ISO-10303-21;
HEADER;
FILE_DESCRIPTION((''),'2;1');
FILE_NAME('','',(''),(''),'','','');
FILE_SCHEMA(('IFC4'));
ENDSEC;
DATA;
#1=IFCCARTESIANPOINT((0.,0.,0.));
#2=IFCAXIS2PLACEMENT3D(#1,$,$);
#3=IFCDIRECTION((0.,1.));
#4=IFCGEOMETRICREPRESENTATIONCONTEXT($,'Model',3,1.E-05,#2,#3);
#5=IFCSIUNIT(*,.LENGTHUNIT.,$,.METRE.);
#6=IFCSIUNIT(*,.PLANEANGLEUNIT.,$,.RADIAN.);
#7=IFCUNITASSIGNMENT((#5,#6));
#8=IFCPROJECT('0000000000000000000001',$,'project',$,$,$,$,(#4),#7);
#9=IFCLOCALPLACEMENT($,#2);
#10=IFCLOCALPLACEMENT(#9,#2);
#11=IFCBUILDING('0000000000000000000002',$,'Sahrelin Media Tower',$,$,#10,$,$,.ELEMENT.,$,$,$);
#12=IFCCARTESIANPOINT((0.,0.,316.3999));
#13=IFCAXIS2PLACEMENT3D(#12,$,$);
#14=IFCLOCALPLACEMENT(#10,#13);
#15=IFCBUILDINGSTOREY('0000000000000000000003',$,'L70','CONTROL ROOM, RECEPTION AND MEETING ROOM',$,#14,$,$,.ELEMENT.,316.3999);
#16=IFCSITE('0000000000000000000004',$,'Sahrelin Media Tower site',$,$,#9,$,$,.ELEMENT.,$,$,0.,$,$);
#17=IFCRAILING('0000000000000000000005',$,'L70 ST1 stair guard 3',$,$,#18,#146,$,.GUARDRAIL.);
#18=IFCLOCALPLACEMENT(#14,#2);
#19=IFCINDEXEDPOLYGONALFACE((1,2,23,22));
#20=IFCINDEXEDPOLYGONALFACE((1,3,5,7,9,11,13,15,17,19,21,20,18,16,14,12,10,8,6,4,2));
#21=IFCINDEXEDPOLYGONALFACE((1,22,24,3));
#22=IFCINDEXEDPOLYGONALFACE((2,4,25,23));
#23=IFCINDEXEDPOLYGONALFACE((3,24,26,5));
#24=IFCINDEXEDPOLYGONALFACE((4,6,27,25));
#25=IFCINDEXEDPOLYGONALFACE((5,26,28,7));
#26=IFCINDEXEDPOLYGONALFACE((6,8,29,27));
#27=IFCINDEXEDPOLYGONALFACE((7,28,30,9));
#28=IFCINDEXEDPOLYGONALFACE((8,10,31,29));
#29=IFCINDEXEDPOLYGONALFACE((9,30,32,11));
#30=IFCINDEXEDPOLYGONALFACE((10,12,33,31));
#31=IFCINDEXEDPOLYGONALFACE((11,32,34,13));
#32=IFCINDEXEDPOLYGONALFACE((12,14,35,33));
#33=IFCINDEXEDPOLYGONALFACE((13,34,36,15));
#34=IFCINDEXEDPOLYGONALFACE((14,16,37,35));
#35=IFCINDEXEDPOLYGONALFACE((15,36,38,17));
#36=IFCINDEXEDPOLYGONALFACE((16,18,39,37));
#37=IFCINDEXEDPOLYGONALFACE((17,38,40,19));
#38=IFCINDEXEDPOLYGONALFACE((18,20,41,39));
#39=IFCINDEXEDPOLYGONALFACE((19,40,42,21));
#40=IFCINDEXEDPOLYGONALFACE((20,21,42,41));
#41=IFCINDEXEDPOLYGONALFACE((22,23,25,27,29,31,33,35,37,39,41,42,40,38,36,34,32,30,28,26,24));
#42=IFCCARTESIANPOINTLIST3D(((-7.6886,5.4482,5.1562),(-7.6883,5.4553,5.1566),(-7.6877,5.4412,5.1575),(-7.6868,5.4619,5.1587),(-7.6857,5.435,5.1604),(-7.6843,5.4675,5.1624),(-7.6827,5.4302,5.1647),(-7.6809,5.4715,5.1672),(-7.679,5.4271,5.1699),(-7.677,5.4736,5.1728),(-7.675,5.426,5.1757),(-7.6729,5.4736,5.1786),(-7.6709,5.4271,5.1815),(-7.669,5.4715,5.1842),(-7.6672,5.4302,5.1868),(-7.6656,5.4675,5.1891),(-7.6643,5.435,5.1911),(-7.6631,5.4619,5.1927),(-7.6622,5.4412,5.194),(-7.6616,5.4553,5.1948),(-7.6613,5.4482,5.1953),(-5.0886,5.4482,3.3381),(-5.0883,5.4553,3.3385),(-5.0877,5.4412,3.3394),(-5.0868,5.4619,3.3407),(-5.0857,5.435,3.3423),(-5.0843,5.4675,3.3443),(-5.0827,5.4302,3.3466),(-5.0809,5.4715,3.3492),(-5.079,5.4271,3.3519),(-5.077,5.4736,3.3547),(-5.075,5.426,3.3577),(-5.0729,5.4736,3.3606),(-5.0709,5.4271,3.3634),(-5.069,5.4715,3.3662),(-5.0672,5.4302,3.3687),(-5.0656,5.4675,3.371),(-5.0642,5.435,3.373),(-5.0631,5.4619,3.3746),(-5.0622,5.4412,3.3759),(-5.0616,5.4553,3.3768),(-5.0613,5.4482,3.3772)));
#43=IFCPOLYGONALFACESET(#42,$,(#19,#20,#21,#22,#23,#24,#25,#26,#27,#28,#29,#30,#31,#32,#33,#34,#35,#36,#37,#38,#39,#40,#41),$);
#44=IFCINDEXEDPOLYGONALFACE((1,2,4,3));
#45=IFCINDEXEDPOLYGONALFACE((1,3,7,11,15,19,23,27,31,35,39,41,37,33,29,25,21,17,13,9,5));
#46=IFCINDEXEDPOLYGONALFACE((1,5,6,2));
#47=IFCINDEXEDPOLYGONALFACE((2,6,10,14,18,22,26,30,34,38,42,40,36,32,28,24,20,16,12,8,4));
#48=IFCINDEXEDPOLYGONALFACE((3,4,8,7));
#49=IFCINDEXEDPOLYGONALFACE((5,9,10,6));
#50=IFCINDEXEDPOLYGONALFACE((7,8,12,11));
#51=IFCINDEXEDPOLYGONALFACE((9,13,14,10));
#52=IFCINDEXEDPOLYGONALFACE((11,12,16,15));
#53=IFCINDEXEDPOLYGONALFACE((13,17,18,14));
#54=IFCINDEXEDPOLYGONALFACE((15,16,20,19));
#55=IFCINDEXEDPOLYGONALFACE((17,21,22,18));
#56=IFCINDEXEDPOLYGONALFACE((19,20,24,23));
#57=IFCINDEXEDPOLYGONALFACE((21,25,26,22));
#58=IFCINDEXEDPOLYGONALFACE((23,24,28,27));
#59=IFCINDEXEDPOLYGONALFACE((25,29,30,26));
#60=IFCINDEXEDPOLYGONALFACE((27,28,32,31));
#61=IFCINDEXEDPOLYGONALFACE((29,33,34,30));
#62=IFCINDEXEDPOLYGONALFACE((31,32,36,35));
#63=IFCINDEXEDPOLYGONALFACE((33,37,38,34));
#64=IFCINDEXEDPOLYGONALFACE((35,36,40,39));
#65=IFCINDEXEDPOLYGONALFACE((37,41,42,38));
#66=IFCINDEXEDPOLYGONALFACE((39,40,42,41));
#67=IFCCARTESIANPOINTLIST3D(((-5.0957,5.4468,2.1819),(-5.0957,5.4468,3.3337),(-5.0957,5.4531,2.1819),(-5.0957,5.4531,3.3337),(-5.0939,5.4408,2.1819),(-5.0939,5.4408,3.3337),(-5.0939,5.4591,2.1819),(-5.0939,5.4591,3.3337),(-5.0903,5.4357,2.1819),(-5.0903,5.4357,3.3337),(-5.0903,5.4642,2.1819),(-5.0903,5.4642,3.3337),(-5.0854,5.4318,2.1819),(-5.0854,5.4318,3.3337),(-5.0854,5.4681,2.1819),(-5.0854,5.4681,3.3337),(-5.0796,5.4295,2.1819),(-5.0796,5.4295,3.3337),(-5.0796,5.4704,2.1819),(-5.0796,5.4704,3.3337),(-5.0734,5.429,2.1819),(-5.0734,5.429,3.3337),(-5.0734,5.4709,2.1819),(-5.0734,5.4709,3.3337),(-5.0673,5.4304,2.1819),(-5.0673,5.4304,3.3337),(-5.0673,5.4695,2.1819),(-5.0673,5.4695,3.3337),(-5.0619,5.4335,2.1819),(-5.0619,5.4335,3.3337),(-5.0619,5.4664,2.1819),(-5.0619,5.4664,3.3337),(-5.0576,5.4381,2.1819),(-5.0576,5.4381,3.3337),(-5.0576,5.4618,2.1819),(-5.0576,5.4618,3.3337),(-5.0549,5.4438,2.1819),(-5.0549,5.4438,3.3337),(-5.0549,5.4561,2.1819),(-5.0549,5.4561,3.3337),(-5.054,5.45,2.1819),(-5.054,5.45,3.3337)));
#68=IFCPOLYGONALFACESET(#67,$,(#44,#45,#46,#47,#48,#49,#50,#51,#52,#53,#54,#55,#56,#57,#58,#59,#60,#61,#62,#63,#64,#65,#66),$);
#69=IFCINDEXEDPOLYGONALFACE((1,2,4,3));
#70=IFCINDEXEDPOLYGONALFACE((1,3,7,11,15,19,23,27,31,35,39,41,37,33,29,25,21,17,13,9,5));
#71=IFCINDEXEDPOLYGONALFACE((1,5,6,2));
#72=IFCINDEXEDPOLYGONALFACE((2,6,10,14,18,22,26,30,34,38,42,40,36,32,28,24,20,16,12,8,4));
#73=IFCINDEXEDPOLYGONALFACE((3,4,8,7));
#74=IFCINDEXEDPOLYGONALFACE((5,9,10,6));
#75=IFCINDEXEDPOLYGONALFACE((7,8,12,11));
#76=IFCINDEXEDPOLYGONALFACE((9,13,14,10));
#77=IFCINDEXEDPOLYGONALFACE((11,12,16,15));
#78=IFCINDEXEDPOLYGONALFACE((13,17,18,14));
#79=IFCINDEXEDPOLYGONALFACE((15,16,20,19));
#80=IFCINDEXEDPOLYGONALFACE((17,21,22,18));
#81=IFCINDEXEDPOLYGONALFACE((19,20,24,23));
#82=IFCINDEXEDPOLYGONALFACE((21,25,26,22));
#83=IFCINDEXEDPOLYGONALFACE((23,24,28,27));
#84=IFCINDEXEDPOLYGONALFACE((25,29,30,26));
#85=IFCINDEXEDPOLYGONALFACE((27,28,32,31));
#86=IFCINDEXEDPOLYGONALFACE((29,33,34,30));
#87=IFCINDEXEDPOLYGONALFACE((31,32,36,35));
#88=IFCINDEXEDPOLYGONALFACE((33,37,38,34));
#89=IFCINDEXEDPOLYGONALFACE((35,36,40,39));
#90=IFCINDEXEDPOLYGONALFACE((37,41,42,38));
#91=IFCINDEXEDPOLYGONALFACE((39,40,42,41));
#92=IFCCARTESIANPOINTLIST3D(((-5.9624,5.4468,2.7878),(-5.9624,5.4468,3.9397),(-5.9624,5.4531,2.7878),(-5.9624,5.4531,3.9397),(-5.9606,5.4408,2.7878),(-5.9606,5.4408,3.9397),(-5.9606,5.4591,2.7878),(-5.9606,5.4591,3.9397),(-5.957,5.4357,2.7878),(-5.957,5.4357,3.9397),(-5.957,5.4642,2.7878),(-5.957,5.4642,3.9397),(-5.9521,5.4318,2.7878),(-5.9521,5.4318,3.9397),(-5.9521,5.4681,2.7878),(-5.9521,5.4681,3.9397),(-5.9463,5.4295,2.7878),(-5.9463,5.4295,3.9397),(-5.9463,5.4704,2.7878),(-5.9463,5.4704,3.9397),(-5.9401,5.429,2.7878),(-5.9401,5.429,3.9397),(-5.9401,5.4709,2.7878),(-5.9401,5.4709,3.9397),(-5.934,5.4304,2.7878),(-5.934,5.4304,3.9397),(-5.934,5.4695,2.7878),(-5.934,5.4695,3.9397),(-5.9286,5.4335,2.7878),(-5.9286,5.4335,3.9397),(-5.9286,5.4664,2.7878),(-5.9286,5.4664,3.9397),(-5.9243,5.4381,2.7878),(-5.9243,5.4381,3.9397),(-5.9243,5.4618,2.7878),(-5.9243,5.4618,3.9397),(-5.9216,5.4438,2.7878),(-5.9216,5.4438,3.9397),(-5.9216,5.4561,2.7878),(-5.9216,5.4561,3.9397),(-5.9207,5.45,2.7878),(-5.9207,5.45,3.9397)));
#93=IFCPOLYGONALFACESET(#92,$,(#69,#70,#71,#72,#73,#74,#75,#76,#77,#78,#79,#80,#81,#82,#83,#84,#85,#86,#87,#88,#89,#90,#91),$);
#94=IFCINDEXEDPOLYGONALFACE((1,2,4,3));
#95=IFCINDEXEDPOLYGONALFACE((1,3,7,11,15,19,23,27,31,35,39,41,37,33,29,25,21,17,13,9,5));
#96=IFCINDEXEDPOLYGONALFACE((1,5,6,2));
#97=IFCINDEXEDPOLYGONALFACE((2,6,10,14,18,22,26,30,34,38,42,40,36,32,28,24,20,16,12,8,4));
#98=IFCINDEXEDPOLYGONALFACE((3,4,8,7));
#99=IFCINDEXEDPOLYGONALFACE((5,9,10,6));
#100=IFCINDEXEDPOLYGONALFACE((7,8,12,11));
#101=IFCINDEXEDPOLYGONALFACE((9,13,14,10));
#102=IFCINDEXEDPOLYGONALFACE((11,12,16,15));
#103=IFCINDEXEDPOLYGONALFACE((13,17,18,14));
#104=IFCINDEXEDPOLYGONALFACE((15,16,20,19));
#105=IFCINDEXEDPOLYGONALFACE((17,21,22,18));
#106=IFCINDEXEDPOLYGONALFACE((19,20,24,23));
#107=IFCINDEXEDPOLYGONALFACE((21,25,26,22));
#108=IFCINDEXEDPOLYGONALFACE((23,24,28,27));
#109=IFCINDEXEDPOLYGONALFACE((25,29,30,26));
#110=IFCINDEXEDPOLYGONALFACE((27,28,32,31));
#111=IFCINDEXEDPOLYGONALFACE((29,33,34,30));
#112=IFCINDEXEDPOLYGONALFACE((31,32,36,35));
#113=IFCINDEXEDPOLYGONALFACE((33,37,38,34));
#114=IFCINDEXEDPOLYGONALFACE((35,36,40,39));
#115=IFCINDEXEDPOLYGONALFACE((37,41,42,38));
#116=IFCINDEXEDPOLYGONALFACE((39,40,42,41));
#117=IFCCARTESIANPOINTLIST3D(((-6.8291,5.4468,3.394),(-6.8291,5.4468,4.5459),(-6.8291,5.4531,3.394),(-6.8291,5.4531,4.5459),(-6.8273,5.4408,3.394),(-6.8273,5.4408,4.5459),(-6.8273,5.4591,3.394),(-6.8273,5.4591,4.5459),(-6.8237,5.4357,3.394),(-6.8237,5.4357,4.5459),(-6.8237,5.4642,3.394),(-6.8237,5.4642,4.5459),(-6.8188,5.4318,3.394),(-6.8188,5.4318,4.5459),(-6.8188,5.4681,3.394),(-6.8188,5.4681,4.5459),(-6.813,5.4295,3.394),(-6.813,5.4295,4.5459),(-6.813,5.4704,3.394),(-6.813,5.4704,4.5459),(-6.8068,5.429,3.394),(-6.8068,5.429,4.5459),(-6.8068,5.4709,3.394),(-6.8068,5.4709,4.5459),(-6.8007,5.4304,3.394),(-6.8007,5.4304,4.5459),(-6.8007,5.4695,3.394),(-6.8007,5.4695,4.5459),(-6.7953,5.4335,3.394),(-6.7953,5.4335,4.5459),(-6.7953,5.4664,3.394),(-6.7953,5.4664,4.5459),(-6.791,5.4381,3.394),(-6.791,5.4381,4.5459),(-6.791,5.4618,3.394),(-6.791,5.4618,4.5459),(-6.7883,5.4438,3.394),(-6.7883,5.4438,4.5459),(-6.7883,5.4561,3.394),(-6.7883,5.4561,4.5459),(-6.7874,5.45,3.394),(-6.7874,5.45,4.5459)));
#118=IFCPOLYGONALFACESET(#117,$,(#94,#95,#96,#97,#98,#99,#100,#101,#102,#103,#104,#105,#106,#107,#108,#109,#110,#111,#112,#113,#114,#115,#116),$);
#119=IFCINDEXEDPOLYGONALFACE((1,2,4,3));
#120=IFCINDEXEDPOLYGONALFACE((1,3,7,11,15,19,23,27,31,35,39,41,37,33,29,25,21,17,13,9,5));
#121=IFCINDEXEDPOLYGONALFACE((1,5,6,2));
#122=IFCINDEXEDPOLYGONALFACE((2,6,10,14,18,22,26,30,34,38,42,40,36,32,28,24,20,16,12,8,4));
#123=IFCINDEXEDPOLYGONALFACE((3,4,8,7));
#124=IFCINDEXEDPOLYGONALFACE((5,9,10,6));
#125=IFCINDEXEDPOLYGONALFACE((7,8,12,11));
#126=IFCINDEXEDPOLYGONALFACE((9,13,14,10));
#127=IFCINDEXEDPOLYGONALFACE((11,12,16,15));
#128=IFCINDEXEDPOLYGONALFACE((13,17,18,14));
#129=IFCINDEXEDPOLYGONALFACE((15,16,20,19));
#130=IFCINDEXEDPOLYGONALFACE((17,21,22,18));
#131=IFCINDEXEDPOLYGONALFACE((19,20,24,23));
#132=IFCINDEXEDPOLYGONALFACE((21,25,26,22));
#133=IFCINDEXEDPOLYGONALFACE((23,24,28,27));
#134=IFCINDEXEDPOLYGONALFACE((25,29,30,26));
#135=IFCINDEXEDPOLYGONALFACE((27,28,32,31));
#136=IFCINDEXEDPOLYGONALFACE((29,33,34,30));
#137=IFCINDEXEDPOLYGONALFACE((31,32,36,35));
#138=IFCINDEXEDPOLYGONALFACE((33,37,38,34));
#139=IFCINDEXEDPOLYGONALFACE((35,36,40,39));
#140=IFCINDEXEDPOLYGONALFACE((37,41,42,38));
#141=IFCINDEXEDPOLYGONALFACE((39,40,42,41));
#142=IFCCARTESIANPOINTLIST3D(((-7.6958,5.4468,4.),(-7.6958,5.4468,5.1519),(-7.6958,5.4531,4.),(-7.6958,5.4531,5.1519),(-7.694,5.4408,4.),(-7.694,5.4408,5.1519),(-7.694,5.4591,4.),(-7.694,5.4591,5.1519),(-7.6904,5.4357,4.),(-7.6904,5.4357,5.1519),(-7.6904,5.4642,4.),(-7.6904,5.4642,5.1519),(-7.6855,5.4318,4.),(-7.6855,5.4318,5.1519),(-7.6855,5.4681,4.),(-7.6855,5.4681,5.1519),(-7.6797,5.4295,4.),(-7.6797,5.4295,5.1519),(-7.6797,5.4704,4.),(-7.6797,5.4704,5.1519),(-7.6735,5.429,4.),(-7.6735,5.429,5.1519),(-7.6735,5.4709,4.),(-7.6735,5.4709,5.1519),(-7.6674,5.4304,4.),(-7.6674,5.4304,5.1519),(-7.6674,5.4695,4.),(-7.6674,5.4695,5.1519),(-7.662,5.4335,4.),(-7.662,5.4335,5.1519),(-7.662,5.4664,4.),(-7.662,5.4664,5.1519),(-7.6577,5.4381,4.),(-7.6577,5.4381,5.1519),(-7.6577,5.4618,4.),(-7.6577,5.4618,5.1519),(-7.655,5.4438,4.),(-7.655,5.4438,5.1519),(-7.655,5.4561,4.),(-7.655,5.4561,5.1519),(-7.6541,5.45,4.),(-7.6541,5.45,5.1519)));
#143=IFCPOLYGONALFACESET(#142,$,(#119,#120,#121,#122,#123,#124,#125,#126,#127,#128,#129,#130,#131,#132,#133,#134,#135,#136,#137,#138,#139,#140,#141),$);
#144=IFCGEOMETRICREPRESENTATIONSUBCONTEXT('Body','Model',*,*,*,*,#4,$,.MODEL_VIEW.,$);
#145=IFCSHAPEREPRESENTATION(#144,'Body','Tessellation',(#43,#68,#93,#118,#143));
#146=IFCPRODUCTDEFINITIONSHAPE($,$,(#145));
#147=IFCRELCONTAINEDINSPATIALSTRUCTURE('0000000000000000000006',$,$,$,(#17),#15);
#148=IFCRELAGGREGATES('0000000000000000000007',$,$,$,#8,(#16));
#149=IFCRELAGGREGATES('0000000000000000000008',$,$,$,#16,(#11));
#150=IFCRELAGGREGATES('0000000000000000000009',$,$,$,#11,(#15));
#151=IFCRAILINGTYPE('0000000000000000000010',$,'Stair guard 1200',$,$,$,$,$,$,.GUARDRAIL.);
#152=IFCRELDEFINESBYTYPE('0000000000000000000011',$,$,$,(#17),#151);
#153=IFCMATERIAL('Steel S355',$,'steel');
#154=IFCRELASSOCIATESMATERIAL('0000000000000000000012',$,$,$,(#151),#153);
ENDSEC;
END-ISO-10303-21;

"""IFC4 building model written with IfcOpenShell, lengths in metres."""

from ifc_helpers import new_model, si_unit, direction, frame, origin, origin_2d, place, context, subcontext, project, spatial, circle, extrude, material, type_object, element, save


model = new_model("IFC4")

# Units and contexts
model_context = context("Model", 3, precision=1e-05, world=origin(), true_north=direction((0.0, 1.0)))
body_context = subcontext(model_context, "Body", "Model", "MODEL_VIEW")
ifc_project = project(units=[si_unit("LENGTHUNIT", "METRE"), si_unit("PLANEANGLEUNIT", "RADIAN")], contexts=[model_context])

# Site, building, storey
site_placement = place(None, origin())
site = spatial("IfcSite", under=ifc_project, at=site_placement, Name="Sahrelin Media Tower site", CompositionType="ELEMENT", RefElevation=0.0)
building_placement = place(site_placement, origin())
building = spatial("IfcBuilding", under=site, at=building_placement, Name="Sahrelin Media Tower", CompositionType="ELEMENT")
storey_placement = place(building_placement, frame((0.0, 0.0, 316.3999)))
storey = spatial("IfcBuildingStorey", under=building, at=storey_placement, Name="L70", Description="CONTROL ROOM, RECEPTION AND MEETING ROOM", CompositionType="ELEMENT", Elevation=316.3999)

# Shared definitions
ifc_material_1 = material(Name="Steel S355", Category="steel")

# Railing
railing_type_1 = type_object("IfcRailingType", Name="Stair guard 1200", PredefinedType="GUARDRAIL", material=ifc_material_1)
railing_1_placement = place(storey_placement, frame((-5.075, 5.45, 2.1819)))
element("IfcRailing", 1, at=railing_1_placement, inside=storey, type_object=railing_type_1, Name="L70 ST1 stair guard 3", PredefinedType="GUARDRAIL", context=body_context, shape_type="SweptSolid", body=[
    extrude(circle(Radius=0.0239, at=origin_2d()), frame((0.0, 0.0, 1.1758), z_axis=(-0.819521, 0.0, 0.573049), x_axis=(0.0, -1.0, 0.0)), (0.0, 0.0, 1.0), 3.1726),
    extrude(circle(Radius=0.021, at=origin_2d()), origin(), (0.0, 0.0, 1.0), 1.1519),
    extrude(circle(Radius=0.021, at=origin_2d()), frame((-0.8667, 0.0, 0.606)), (0.0, 0.0, 1.0), 1.1519),
    extrude(circle(Radius=0.021, at=origin_2d()), frame((-1.7334, 0.0, 1.2122)), (0.0, 0.0, 1.0), 1.1519),
    extrude(circle(Radius=0.021, at=origin_2d()), frame((-2.6001, 0.0, 1.8181)), (0.0, 0.0, 1.0), 1.1519),
])

save(model, "model.ifc")
